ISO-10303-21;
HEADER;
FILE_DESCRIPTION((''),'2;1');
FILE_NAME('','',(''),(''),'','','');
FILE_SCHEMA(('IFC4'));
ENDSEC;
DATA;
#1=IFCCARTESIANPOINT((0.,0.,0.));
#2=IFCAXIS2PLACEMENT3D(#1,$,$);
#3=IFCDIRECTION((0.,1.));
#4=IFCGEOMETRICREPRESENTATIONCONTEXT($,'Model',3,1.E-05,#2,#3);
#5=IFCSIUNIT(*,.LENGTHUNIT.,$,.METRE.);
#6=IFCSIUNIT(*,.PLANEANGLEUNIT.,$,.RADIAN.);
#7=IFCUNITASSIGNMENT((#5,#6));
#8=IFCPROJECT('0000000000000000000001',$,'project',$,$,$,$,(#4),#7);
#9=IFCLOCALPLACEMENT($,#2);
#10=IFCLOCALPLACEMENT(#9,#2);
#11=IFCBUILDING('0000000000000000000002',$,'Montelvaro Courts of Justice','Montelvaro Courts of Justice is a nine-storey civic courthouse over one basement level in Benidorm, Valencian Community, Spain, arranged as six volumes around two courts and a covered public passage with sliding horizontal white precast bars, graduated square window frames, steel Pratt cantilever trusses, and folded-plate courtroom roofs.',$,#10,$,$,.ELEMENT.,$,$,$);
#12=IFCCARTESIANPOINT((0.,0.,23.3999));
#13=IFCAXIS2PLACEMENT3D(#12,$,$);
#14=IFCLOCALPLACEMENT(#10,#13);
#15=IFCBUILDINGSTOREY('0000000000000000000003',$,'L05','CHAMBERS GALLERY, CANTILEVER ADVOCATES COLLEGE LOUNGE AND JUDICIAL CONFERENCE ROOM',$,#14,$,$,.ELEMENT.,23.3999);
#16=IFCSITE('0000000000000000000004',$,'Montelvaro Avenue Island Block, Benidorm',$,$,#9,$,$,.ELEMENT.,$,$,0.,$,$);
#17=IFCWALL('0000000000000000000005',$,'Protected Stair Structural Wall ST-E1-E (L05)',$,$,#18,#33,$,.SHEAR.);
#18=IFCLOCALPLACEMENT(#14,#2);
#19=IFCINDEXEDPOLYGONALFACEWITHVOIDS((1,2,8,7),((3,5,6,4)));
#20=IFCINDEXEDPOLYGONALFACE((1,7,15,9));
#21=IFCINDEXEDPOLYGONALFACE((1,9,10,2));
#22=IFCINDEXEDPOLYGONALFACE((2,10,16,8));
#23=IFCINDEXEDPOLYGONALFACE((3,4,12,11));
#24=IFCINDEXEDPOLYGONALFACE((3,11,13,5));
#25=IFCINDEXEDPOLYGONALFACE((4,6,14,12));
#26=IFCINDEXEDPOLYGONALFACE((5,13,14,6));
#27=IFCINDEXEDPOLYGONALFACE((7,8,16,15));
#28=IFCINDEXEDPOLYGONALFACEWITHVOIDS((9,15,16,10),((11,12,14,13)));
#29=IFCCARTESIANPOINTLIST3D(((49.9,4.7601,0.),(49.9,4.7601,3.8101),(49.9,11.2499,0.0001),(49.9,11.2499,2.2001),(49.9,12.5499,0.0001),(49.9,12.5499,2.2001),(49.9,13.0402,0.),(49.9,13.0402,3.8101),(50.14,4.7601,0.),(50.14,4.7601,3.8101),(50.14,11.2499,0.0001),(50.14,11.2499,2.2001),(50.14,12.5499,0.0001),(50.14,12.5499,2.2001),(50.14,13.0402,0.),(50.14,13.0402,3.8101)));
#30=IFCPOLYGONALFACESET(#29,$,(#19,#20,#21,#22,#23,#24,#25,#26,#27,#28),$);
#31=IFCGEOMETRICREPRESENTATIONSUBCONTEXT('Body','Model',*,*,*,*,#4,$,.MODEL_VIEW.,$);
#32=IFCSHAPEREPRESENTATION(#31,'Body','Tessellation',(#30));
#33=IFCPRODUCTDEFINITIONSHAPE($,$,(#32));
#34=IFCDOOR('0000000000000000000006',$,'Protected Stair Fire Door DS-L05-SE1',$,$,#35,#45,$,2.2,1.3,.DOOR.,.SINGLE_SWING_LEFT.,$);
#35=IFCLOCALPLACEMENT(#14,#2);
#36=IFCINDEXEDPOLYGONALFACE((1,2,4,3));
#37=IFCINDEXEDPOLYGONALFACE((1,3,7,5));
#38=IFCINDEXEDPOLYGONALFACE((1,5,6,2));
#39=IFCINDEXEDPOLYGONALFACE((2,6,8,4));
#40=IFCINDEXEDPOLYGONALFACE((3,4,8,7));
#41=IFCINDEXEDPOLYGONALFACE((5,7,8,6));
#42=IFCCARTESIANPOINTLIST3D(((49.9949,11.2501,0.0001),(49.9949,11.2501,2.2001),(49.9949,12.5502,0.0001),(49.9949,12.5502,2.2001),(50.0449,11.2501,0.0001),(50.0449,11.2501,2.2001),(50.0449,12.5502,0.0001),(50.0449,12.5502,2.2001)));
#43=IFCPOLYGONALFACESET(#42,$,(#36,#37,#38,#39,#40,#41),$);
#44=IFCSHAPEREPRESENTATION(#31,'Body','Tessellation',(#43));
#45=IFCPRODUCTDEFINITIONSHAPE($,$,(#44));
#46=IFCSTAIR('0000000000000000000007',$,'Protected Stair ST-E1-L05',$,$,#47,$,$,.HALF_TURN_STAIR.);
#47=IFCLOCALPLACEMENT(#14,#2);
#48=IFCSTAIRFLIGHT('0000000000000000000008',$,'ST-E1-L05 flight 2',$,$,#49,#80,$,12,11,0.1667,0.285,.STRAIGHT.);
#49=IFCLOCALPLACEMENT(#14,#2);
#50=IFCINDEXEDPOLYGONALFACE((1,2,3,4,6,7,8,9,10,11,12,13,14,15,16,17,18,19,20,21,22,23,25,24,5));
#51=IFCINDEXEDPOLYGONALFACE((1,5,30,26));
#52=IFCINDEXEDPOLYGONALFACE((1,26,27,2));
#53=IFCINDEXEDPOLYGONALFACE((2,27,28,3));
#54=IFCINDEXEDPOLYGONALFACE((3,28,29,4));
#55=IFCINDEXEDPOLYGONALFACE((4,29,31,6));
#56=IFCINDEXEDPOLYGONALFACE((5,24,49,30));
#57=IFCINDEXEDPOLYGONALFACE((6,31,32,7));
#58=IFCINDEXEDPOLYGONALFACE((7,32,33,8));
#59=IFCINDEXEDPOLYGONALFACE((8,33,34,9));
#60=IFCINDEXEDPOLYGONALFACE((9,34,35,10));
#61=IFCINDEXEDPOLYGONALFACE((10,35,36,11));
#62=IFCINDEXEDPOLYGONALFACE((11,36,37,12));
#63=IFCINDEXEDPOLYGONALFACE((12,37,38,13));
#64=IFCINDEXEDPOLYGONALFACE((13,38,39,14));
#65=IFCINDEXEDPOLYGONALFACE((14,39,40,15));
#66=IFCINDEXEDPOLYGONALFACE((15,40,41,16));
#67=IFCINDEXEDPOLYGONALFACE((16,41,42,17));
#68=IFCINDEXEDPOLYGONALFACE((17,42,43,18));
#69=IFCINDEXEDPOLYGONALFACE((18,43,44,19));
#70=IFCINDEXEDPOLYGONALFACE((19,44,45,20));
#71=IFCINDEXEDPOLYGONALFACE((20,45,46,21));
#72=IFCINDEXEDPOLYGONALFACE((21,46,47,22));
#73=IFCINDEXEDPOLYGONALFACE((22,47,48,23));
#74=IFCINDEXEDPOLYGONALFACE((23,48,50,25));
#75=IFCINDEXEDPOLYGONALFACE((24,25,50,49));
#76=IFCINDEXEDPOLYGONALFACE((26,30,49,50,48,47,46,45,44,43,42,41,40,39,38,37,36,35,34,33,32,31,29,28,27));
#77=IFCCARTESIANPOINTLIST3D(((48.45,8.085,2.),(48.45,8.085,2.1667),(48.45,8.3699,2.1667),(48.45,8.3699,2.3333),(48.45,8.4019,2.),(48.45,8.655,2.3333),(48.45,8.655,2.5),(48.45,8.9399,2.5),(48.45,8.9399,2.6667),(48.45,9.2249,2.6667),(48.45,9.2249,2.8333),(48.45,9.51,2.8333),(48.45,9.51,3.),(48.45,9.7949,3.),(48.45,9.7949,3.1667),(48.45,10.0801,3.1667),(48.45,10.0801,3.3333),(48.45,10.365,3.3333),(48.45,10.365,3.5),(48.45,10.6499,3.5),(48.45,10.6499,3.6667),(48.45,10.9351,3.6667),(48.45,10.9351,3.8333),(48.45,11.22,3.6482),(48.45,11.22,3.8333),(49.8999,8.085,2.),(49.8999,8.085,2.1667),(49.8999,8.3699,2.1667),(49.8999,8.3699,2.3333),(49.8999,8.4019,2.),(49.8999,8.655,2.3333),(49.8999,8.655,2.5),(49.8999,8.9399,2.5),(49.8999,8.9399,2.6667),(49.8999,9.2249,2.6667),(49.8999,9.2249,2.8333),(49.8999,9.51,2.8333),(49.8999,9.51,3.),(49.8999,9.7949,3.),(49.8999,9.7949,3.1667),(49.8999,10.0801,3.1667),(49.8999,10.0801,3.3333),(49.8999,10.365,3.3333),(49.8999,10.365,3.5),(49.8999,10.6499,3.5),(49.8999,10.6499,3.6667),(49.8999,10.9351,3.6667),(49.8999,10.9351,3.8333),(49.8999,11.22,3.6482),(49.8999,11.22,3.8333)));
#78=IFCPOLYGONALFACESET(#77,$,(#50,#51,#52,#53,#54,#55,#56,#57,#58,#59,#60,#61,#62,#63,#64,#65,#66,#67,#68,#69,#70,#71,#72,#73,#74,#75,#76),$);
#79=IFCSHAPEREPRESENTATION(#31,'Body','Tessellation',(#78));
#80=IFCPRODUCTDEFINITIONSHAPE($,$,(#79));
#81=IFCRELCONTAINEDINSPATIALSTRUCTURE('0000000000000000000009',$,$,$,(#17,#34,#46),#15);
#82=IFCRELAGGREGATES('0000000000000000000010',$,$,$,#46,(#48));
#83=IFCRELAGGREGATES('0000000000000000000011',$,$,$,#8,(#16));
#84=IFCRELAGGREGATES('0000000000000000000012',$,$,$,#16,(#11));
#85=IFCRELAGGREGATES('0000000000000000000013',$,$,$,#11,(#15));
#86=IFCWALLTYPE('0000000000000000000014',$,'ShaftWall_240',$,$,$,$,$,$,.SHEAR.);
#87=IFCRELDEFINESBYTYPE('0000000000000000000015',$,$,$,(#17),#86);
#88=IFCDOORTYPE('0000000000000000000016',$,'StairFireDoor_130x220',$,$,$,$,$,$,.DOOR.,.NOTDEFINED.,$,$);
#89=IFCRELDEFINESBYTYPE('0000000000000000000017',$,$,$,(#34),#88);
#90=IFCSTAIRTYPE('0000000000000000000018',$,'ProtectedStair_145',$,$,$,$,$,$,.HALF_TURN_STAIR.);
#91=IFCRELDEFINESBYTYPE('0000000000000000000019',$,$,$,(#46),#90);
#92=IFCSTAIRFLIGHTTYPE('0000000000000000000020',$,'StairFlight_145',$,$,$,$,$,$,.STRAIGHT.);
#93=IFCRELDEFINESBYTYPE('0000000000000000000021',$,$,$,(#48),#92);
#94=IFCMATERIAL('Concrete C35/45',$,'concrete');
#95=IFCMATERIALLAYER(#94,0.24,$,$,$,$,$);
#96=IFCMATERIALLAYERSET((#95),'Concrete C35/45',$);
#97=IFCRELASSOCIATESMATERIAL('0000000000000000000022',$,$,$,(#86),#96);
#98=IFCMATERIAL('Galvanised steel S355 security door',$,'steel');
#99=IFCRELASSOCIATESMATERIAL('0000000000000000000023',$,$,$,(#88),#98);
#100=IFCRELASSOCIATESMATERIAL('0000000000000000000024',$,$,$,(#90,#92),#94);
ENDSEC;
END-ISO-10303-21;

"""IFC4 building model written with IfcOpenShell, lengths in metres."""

from ifc_helpers import new_model, si_unit, direction, frame, frame_2d, origin, place, context, subcontext, project, spatial, polyline, rectangle, outline, extrude, material, layer, layer_set, type_object, element, fill, aggregate, save


model = new_model("IFC4")

# Units and contexts
model_context = context("Model", 3, precision=1e-05, world=origin(), true_north=direction((0.0, 1.0)))
body_context = subcontext(model_context, "Body", "Model", "MODEL_VIEW")
ifc_project = project(units=[si_unit("LENGTHUNIT", "METRE"), si_unit("PLANEANGLEUNIT", "RADIAN")], contexts=[model_context])

# Site, building, storey
site_placement = place(None, origin())
site = spatial("IfcSite", under=ifc_project, at=site_placement, Name="Montelvaro Avenue Island Block, Benidorm", CompositionType="ELEMENT", RefElevation=0.0)
building_placement = place(site_placement, origin())
building = spatial("IfcBuilding", under=site, at=building_placement, Name="Montelvaro Courts of Justice", Description="Montelvaro Courts of Justice is a nine-storey civic courthouse over one basement level in Benidorm, Valencian Community, Spain, arranged as six volumes around two courts and a covered public passage with sliding horizontal white precast bars, graduated square window frames, steel Pratt cantilever trusses, and folded-plate courtroom roofs.", CompositionType="ELEMENT")
storey_placement = place(building_placement, frame((0.0, 0.0, 23.3999)))
storey = spatial("IfcBuildingStorey", under=building, at=storey_placement, Name="L05", Description="CHAMBERS GALLERY, CANTILEVER ADVOCATES COLLEGE LOUNGE AND JUDICIAL CONFERENCE ROOM", CompositionType="ELEMENT", Elevation=23.3999)

# Shared definitions
ifc_material_1 = material(Name="Concrete C35/45", Category="concrete")
ifc_layer_1 = layer(ifc_material_1, 0.24)
ifc_layer_set_1 = layer_set([ifc_layer_1], Name="Concrete C35/45")
wall_type_1 = type_object("IfcWallType", Name="ShaftWall_240", PredefinedType="SHEAR", material=ifc_layer_set_1)

# Wall, opening, door
wall_1_placement = place(storey_placement, frame((50.02, 4.76, 0.0), z_axis=(0.0, 0.0, 1.0), x_axis=(0.0, 1.0, 0.0)))
wall_1 = element("IfcWall", 1, at=wall_1_placement, inside=storey, type_object=wall_type_1, Name="Protected Stair Structural Wall ST-E1-E (L05)", PredefinedType="SHEAR", context=body_context, shape_type="SweptSolid", body=[
    extrude(rectangle(XDim=8.28, YDim=0.24, at=frame_2d((4.1401, 0.0))), origin(), (0.0, 0.0, 1.0), 3.8101),
])
opening_1_placement = place(wall_1_placement, frame((6.49, 0.0, 0.0)))
opening_1 = element("IfcOpeningElement", 2, at=opening_1_placement, cuts=wall_1, PredefinedType="OPENING", context=body_context, shape_type="SweptSolid", body=[
    extrude(rectangle(XDim=1.3, YDim=2.2, at=frame_2d((0.6499, 1.1001))), frame((0.0, 0.1348, 0.0), z_axis=(0.0, -1.0, 0.0), x_axis=(1.0, 0.0, 0.0)), (0.0, 0.0, 1.0), 0.2698),
])
ifc_material_2 = material(Name="Galvanised steel S355 security door", Category="steel")
door_type_1 = type_object("IfcDoorType", Name="StairFireDoor_130x220", OperationType="NOTDEFINED", PredefinedType="DOOR", material=ifc_material_2)
door_1_placement = place(opening_1_placement, frame((1.3, 0.0, 0.0), z_axis=(0.0, 0.0, 1.0), x_axis=(-1.0, 0.0, 0.0)))
door_1 = element("IfcDoor", 3, at=door_1_placement, inside=storey, type_object=door_type_1, Name="Protected Stair Fire Door DS-L05-SE1", OperationType="SINGLE_SWING_LEFT", OverallHeight=2.2, OverallWidth=1.3, PredefinedType="DOOR", context=body_context, shape_type="SweptSolid", body=[
    extrude(rectangle(XDim=1.3, YDim=2.2, at=frame_2d((0.6499, 1.1001))), frame((0.0, 0.0249, 0.0), z_axis=(0.0, -1.0, 0.0), x_axis=(1.0, 0.0, 0.0)), (0.0, 0.0, 1.0), 0.05),
])
fill(opening_1, door_1)

# Stair, stair flight
stair_type = type_object("IfcStairType", Name="ProtectedStair_145", PredefinedType="HALF_TURN_STAIR", material=ifc_material_1)
stair_placement = place(storey_placement, origin())
stair = element("IfcStair", 4, at=stair_placement, inside=storey, type_object=stair_type, Name="Protected Stair ST-E1-L05", PredefinedType="HALF_TURN_STAIR")
stair_flight_type = type_object("IfcStairFlightType", Name="StairFlight_145", PredefinedType="STRAIGHT", material=ifc_material_1)
stair_flight_placement = place(storey_placement, frame((49.175, 8.085, 2.0), z_axis=(0.0, 0.0, 1.0), x_axis=(0.0, 1.0, 0.0)))
stair_flight = element("IfcStairFlight", 5, at=stair_flight_placement, type_object=stair_flight_type, Name="ST-E1-L05 flight 2", NumberOfRisers=12, NumberOfTreads=11, PredefinedType="STRAIGHT", RiserHeight=0.1667, TreadLength=0.285, context=body_context, shape_type="SweptSolid", body=[
    extrude(outline(polyline([(0.0, 0.0), (0.0, 0.1667), (0.2849, 0.1667), (0.2849, 0.3333), (0.5701, 0.3333), (0.5701, 0.5), (0.855, 0.5), (0.855, 0.6667), (1.1399, 0.6667), (1.1399, 0.8333), (1.425, 0.8333), (1.425, 1.0), (1.71, 1.0), (1.71, 1.1667), (1.9951, 1.1667), (1.9951, 1.3333), (2.28, 1.3333), (2.28, 1.5), (2.5649, 1.5), (2.5649, 1.6667), (2.8501, 1.6667), (2.8501, 1.8333), (3.135, 1.8333), (3.135, 2.0), (3.135, 1.6482), (0.3169, 0.0), (0.0, 0.0)])), frame((0.0, 0.7251, 0.0), z_axis=(0.0, -1.0, 0.0), x_axis=(1.0, 0.0, 0.0)), (0.0, 0.0, 1.0), 1.45),
])
aggregate(stair, [stair_flight])

save(model, "model.ifc")
